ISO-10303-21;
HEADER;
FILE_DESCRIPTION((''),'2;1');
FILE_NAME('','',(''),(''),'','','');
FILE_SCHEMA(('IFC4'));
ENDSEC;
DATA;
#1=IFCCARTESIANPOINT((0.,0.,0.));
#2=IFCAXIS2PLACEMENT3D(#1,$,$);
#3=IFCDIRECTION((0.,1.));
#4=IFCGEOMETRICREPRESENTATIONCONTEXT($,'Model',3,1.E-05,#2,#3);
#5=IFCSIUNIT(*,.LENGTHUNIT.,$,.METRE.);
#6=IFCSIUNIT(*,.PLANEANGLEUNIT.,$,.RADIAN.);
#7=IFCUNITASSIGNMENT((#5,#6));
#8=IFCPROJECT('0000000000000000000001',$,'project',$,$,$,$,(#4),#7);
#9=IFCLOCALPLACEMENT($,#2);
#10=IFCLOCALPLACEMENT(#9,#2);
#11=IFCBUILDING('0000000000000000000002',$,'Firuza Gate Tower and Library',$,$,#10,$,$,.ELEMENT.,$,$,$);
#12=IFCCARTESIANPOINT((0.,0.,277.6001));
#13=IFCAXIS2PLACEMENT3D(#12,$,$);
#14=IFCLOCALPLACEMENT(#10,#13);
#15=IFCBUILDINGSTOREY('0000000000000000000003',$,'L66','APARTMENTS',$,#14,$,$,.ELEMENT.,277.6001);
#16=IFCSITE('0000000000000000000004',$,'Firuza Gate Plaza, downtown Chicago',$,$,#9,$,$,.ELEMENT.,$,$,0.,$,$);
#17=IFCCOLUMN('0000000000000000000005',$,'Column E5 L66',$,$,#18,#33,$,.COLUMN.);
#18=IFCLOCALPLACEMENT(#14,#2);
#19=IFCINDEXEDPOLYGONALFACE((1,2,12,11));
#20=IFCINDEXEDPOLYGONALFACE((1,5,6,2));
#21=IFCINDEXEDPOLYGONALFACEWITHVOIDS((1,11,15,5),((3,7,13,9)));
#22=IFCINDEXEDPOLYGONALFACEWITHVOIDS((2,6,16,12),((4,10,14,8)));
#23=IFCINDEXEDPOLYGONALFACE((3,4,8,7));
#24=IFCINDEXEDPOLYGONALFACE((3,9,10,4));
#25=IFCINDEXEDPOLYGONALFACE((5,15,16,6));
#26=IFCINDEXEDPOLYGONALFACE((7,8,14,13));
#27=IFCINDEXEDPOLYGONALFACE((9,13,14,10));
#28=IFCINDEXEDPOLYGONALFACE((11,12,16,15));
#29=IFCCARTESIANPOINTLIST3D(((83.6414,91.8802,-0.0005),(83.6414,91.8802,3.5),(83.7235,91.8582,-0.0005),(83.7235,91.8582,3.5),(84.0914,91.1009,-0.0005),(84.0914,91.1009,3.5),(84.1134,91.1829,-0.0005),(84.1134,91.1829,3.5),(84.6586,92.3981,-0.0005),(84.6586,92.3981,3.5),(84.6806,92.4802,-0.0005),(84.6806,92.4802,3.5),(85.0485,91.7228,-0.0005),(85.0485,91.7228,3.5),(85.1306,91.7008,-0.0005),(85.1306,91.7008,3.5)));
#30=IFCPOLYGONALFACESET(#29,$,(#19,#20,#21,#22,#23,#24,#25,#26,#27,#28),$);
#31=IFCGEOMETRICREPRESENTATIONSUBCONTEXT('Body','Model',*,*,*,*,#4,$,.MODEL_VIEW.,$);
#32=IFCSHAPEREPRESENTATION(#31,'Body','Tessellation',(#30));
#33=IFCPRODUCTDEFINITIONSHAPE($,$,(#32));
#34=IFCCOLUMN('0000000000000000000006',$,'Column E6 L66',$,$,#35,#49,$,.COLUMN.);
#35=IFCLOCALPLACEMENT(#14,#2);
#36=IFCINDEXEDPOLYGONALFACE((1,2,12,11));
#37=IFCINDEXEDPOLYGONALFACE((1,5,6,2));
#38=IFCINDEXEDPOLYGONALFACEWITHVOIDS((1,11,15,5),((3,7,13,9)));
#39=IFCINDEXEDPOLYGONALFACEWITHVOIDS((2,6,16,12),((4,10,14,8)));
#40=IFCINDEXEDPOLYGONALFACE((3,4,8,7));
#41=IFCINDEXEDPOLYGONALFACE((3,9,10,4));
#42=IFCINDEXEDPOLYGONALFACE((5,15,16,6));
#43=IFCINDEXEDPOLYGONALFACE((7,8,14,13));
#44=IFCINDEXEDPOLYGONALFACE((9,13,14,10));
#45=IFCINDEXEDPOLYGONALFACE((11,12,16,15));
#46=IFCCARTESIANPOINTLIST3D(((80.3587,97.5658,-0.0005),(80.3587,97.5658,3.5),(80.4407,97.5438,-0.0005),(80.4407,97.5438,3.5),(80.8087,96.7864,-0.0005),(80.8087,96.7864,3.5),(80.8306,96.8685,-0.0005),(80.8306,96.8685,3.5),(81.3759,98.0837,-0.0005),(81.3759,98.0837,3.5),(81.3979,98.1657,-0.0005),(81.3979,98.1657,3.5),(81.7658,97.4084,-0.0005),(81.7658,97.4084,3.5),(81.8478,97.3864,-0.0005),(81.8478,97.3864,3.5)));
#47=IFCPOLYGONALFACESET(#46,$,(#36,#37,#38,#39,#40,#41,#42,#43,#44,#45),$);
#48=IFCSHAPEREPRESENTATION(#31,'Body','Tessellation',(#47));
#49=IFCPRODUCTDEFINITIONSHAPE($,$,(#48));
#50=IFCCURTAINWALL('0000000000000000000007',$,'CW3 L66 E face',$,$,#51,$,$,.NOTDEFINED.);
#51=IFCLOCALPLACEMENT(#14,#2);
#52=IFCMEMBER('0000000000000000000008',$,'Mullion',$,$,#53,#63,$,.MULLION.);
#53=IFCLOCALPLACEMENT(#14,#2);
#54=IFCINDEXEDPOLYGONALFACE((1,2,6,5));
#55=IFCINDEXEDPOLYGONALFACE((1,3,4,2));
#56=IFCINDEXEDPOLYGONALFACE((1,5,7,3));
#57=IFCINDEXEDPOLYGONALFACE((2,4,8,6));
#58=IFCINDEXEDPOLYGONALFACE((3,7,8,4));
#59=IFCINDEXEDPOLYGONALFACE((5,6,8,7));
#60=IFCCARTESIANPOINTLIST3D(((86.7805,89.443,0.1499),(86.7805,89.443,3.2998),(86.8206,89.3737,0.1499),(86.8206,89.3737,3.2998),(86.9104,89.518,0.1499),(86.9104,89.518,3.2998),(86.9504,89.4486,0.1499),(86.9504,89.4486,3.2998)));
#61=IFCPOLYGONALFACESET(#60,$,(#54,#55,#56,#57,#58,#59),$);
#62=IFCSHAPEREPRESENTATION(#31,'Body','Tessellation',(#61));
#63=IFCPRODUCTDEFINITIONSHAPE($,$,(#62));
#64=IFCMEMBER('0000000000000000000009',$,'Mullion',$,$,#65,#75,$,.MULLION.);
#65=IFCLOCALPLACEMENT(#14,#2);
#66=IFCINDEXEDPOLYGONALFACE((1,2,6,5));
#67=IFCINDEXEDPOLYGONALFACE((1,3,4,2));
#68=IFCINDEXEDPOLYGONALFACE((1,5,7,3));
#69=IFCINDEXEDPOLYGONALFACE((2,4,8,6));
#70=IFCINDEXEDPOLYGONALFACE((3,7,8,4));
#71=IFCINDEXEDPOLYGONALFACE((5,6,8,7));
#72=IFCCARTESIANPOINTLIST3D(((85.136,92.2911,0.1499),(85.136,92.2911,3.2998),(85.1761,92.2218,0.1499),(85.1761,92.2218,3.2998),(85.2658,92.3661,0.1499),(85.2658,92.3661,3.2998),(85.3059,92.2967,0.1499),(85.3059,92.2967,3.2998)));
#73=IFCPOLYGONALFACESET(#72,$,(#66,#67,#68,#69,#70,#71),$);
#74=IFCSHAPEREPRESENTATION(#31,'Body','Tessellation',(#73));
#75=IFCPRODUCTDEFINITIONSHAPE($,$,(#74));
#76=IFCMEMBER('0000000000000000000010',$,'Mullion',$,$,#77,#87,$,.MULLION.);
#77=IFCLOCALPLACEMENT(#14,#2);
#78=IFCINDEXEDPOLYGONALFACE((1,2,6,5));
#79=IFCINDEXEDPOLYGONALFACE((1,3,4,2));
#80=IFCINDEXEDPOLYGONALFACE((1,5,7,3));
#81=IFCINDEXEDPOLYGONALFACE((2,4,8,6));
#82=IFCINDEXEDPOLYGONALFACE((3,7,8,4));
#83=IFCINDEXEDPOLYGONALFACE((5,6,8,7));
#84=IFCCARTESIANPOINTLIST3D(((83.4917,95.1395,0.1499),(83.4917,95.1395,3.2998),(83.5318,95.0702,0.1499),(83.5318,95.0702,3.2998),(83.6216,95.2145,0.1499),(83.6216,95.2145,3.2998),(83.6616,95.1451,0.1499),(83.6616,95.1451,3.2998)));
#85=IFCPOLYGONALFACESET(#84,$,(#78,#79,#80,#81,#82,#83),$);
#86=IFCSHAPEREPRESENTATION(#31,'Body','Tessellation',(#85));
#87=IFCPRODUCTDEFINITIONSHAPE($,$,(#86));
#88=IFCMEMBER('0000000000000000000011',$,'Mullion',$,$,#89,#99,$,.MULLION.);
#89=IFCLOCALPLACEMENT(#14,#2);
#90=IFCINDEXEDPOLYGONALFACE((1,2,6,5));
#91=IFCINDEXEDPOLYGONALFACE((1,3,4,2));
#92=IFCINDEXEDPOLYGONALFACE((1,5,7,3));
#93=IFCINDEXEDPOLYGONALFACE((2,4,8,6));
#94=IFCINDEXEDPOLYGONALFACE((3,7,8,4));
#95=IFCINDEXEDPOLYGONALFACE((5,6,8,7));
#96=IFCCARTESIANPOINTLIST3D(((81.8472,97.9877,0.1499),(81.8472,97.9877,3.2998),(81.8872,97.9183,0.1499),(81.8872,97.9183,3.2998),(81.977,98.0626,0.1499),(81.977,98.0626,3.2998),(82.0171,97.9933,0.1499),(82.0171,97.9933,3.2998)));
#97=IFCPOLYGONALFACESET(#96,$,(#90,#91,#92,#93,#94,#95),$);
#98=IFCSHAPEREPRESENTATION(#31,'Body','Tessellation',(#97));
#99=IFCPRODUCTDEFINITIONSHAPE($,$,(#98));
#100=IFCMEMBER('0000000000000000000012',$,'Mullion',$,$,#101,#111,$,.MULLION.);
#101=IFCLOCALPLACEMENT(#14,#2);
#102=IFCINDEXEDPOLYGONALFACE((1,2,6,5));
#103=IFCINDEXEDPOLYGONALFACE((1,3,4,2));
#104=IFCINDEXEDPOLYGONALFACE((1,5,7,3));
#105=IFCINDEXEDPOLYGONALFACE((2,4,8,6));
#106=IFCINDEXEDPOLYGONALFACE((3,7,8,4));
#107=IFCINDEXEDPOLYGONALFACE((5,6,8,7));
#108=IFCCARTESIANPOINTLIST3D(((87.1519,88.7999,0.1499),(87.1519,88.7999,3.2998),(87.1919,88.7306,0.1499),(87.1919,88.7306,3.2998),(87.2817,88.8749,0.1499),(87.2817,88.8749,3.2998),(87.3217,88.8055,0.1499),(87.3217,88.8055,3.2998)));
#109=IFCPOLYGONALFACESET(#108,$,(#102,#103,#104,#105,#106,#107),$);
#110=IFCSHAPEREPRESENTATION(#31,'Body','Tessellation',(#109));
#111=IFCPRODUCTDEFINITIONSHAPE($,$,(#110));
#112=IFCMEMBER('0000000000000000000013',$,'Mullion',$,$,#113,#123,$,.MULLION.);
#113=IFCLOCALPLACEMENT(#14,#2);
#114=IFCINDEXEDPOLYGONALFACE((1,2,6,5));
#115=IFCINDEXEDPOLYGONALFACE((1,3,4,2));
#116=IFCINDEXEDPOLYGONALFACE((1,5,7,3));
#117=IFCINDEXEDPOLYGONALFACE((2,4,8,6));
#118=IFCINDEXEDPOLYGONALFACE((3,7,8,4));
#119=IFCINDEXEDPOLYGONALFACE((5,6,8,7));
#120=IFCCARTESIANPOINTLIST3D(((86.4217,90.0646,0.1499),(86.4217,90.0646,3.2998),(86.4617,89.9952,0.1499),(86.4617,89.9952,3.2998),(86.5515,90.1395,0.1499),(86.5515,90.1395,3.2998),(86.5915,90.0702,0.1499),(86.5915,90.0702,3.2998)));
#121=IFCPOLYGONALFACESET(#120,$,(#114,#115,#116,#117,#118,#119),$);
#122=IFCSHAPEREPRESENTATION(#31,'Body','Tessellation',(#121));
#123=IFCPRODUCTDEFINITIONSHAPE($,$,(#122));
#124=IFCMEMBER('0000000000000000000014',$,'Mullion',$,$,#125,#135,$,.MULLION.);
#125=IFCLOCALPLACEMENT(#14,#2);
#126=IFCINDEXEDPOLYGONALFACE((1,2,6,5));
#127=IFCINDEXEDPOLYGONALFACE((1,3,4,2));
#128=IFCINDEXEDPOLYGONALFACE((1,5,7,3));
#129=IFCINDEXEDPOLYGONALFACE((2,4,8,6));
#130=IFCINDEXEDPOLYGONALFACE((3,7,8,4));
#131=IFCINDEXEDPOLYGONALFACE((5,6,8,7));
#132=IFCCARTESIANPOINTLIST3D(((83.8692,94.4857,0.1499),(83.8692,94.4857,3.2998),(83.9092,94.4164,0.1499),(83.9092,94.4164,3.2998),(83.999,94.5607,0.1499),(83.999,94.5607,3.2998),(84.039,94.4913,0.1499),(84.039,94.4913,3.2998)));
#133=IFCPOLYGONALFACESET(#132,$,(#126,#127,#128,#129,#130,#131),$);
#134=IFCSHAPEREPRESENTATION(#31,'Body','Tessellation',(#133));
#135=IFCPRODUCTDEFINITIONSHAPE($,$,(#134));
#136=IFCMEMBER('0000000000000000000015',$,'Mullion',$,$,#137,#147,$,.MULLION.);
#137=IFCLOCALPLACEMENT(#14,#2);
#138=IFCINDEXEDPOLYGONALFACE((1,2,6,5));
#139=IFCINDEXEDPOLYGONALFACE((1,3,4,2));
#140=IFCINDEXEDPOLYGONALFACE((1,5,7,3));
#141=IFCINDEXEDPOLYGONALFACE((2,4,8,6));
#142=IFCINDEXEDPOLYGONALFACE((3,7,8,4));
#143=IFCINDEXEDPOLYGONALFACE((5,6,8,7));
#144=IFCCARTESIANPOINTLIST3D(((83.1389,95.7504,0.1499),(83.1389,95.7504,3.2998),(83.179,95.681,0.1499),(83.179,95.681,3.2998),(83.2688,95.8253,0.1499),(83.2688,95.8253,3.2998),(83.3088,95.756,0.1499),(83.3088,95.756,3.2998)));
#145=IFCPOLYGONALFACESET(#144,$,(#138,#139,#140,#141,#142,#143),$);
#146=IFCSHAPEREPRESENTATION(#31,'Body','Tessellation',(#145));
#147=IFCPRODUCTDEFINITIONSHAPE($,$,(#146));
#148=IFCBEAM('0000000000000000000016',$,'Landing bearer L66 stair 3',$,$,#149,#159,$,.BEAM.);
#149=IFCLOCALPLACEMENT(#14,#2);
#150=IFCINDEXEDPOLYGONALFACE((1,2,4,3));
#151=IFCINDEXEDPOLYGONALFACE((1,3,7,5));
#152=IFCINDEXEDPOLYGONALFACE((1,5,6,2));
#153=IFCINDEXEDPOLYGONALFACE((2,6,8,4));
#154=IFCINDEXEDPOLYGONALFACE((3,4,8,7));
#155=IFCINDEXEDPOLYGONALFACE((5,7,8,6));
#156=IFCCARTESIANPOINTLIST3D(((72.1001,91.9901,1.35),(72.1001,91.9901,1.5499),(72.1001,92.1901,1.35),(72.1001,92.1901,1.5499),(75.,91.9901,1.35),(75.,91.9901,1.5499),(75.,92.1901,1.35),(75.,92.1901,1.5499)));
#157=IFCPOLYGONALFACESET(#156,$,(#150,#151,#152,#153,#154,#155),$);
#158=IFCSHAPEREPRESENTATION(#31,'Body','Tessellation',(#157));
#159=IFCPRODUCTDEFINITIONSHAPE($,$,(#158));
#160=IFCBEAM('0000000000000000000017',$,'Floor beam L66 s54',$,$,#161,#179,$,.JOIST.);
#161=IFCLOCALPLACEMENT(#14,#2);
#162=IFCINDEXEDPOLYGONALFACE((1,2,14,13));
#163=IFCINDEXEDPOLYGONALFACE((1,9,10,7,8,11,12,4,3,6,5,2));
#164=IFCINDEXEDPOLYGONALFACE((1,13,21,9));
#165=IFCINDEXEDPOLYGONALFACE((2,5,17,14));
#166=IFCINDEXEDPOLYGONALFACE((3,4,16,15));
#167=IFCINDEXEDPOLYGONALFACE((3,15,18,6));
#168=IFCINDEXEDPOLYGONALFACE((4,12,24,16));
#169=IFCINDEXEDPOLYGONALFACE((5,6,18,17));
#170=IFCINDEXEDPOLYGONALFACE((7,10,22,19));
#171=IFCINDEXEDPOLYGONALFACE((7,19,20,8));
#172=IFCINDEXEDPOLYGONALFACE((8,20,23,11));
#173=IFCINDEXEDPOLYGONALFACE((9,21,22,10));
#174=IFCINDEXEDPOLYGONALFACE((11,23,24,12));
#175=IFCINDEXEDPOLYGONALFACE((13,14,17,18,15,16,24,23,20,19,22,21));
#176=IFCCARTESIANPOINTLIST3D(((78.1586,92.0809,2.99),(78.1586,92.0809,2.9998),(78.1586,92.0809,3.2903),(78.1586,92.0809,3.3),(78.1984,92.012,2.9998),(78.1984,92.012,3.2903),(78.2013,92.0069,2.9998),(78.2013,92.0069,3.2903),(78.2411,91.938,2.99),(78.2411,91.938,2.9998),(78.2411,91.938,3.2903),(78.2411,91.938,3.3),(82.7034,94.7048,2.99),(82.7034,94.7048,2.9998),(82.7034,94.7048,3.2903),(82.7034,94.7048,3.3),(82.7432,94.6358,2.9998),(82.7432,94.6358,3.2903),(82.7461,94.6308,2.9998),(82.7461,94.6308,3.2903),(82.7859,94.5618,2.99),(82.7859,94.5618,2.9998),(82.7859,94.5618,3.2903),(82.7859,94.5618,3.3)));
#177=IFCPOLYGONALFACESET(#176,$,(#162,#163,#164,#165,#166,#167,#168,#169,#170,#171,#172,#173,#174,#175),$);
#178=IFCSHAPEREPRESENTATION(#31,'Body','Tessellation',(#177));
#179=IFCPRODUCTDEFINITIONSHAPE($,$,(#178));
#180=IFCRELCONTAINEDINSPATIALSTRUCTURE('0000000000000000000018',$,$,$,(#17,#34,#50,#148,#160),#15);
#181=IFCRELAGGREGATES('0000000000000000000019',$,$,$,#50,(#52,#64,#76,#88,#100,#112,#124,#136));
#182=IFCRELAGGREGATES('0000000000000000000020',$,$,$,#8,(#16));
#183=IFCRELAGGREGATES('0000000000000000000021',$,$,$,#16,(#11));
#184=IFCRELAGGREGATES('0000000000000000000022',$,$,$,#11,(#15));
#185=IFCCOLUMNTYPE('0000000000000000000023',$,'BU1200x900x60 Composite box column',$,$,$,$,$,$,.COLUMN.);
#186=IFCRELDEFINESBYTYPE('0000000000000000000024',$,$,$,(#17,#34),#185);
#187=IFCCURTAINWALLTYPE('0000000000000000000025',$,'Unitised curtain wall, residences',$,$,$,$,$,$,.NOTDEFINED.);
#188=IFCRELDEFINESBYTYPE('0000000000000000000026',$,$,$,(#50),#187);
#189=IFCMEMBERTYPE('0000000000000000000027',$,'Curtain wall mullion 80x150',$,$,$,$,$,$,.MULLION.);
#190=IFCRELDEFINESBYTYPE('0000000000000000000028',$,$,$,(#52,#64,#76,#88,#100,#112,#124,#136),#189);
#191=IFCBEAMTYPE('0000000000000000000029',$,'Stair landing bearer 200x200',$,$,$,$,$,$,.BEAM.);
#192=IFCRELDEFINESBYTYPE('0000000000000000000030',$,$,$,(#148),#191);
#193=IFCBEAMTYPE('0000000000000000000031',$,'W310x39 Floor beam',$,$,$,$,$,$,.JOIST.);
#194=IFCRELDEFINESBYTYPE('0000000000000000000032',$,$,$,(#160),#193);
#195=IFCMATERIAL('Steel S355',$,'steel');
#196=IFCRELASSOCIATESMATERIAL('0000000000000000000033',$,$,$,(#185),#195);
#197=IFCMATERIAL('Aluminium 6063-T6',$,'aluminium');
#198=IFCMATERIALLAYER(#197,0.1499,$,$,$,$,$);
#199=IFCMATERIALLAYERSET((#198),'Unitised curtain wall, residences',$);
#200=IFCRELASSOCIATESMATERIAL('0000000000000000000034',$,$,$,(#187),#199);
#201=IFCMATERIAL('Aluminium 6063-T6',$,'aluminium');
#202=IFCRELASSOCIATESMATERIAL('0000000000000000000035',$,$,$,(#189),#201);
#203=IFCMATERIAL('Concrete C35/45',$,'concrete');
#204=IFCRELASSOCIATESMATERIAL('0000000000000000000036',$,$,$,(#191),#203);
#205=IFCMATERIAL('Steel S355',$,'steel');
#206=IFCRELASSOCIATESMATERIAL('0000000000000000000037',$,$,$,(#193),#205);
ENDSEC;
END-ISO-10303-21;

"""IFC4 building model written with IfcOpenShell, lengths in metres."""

from ifc_helpers import new_model, si_unit, direction, frame, origin, origin_2d, place, context, subcontext, project, spatial, rectangle, hollow_rectangle, i_section, extrude, material, layer, layer_set, material_profile, profile_set, type_object, element, aggregate, save


model = new_model("IFC4")

# Units and contexts
model_context = context("Model", 3, precision=1e-05, world=origin(), true_north=direction((0.0, 1.0)))
body_context = subcontext(model_context, "Body", "Model", "MODEL_VIEW")
ifc_project = project(units=[si_unit("LENGTHUNIT", "METRE"), si_unit("PLANEANGLEUNIT", "RADIAN")], contexts=[model_context])

# Site, building, storey
site_placement = place(None, origin())
site = spatial("IfcSite", under=ifc_project, at=site_placement, Name="Firuza Gate Plaza, downtown Chicago", CompositionType="ELEMENT", RefElevation=0.0)
building_placement = place(site_placement, origin())
building = spatial("IfcBuilding", under=site, at=building_placement, Name="Firuza Gate Tower and Library", CompositionType="ELEMENT")
storey_placement = place(building_placement, frame((0.0, 0.0, 277.6001)))
storey = spatial("IfcBuildingStorey", under=building, at=storey_placement, Name="L66", Description="APARTMENTS", CompositionType="ELEMENT", Elevation=277.6001)

# Columns
ifc_material_1 = material(Name="Steel S355", Category="steel")
ifc_material_profile_1 = material_profile(ifc_material_1, hollow_rectangle(XDim=0.8999, YDim=1.2, WallThickness=0.0601, at=origin_2d()))
ifc_profile_set_1 = profile_set([ifc_material_profile_1], Name="Steel S355")
column_type = type_object("IfcColumnType", Name="BU1200x900x60 Composite box column", PredefinedType="COLUMN", material=ifc_profile_set_1)
for number, where, z_axis, x_axis, name in (
    (1, (84.386, 91.7905, -0.0005), (0.0, 0.0, 1.0), (-0.5, 0.866025, 0.0), "Column E5 L66"),
    (2, (81.1033, 97.4761, -0.0005), (0.0, 0.0, 1.0), (-0.5, 0.866025, 0.0), "Column E6 L66"),
):
    element("IfcColumn", number, at=place(storey_placement, frame(where, z_axis=z_axis, x_axis=x_axis)), inside=storey, type_object=column_type, Name=name, PredefinedType="COLUMN", context=body_context, shape_type="SweptSolid", body=[
        extrude(hollow_rectangle(XDim=0.8999, YDim=1.2, WallThickness=0.0601, at=origin_2d()), origin(), (0.0, 0.0, 1.0), 3.5005),
    ])

# Curtain wall, members
ifc_material_2 = material(Name="Aluminium 6063-T6", Category="aluminium")
ifc_layer_1 = layer(ifc_material_2, 0.1499)
ifc_layer_set_1 = layer_set([ifc_layer_1], Name="Unitised curtain wall, residences")
curtain_wall_type = type_object("IfcCurtainWallType", Name="Unitised curtain wall, residences", PredefinedType="NOTDEFINED", material=ifc_layer_set_1)
curtain_wall_placement = place(storey_placement, origin())
curtain_wall = element("IfcCurtainWall", 3, at=curtain_wall_placement, inside=storey, type_object=curtain_wall_type, Name="CW3 L66 E face", PredefinedType="NOTDEFINED")
ifc_material_3 = material(Name="Aluminium 6063-T6", Category="aluminium")
ifc_material_profile_2 = material_profile(ifc_material_3, rectangle(XDim=0.1499, YDim=0.0801, at=origin_2d()))
ifc_profile_set_2 = profile_set([ifc_material_profile_2], Name="Aluminium 6063-T6")
member_type = type_object("IfcMemberType", Name="Curtain wall mullion 80x150", PredefinedType="MULLION", material=ifc_profile_set_2)
member_1_placement = place(storey_placement, frame((86.8655, 89.4458, 0.1499), z_axis=(0.0, 0.0, 1.0), x_axis=(-0.866025, -0.5, 0.0)))
member_1 = element("IfcMember", 4, at=member_1_placement, type_object=member_type, Name="Mullion", PredefinedType="MULLION", context=body_context, shape_type="SweptSolid", body=[
    extrude(rectangle(XDim=0.1499, YDim=0.0801, at=origin_2d()), origin(), (0.0, 0.0, 1.0), 3.1499),
])
member_2_placement = place(storey_placement, frame((85.2209, 92.2939, 0.1499), z_axis=(0.0, 0.0, 1.0), x_axis=(-0.866025, -0.5, 0.0)))
member_2 = element("IfcMember", 5, at=member_2_placement, type_object=member_type, Name="Mullion", PredefinedType="MULLION", context=body_context, shape_type="SweptSolid", body=[
    extrude(rectangle(XDim=0.1499, YDim=0.0801, at=origin_2d()), origin(), (0.0, 0.0, 1.0), 3.1499),
])
member_3_placement = place(storey_placement, frame((83.5767, 95.1423, 0.1499), z_axis=(0.0, 0.0, 1.0), x_axis=(-0.866025, -0.5, 0.0)))
member_3 = element("IfcMember", 6, at=member_3_placement, type_object=member_type, Name="Mullion", PredefinedType="MULLION", context=body_context, shape_type="SweptSolid", body=[
    extrude(rectangle(XDim=0.1499, YDim=0.0801, at=origin_2d()), origin(), (0.0, 0.0, 1.0), 3.1499),
])
member_4_placement = place(storey_placement, frame((81.9321, 97.9905, 0.1499), z_axis=(0.0, 0.0, 1.0), x_axis=(-0.866025, -0.5, 0.0)))
member_4 = element("IfcMember", 7, at=member_4_placement, type_object=member_type, Name="Mullion", PredefinedType="MULLION", context=body_context, shape_type="SweptSolid", body=[
    extrude(rectangle(XDim=0.1499, YDim=0.0801, at=origin_2d()), origin(), (0.0, 0.0, 1.0), 3.1499),
])
member_5_placement = place(storey_placement, frame((87.2368, 88.8027, 0.1499), z_axis=(0.0, 0.0, 1.0), x_axis=(-0.866025, -0.5, 0.0)))
member_5 = element("IfcMember", 8, at=member_5_placement, type_object=member_type, Name="Mullion", PredefinedType="MULLION", context=body_context, shape_type="SweptSolid", body=[
    extrude(rectangle(XDim=0.1499, YDim=0.0801, at=origin_2d()), origin(), (0.0, 0.0, 1.0), 3.1499),
])
member_6_placement = place(storey_placement, frame((86.5066, 90.0674, 0.1499), z_axis=(0.0, 0.0, 1.0), x_axis=(-0.866025, -0.5, 0.0)))
member_6 = element("IfcMember", 9, at=member_6_placement, type_object=member_type, Name="Mullion", PredefinedType="MULLION", context=body_context, shape_type="SweptSolid", body=[
    extrude(rectangle(XDim=0.1499, YDim=0.0801, at=origin_2d()), origin(), (0.0, 0.0, 1.0), 3.1499),
])
member_7_placement = place(storey_placement, frame((83.9541, 94.4885, 0.1499), z_axis=(0.0, 0.0, 1.0), x_axis=(-0.866025, -0.5, 0.0)))
member_7 = element("IfcMember", 10, at=member_7_placement, type_object=member_type, Name="Mullion", PredefinedType="MULLION", context=body_context, shape_type="SweptSolid", body=[
    extrude(rectangle(XDim=0.1499, YDim=0.0801, at=origin_2d()), origin(), (0.0, 0.0, 1.0), 3.1499),
])
member_8_placement = place(storey_placement, frame((83.2239, 95.7532, 0.1499), z_axis=(0.0, 0.0, 1.0), x_axis=(-0.866025, -0.5, 0.0)))
member_8 = element("IfcMember", 11, at=member_8_placement, type_object=member_type, Name="Mullion", PredefinedType="MULLION", context=body_context, shape_type="SweptSolid", body=[
    extrude(rectangle(XDim=0.1499, YDim=0.0801, at=origin_2d()), origin(), (0.0, 0.0, 1.0), 3.1499),
])

# Beams
ifc_material_4 = material(Name="Concrete C35/45", Category="concrete")
ifc_material_profile_3 = material_profile(ifc_material_4, rectangle(XDim=0.2, YDim=0.2, at=origin_2d()))
ifc_profile_set_3 = profile_set([ifc_material_profile_3], Name="Concrete C35/45")
beam_type_1 = type_object("IfcBeamType", Name="Stair landing bearer 200x200", PredefinedType="BEAM", material=ifc_profile_set_3)
beam_1_placement = place(storey_placement, frame((75.0, 92.0901, 1.45), z_axis=(-1.0, 0.0, 0.0), x_axis=(0.0, -1.0, 0.0)))
element("IfcBeam", 12, at=beam_1_placement, inside=storey, type_object=beam_type_1, Name="Landing bearer L66 stair 3", PredefinedType="BEAM", context=body_context, shape_type="SweptSolid", body=[
    extrude(rectangle(XDim=0.2, YDim=0.2, at=origin_2d()), origin(), (0.0, 0.0, 1.0), 2.8999),
])
ifc_material_5 = material(Name="Steel S355", Category="steel")
ifc_material_profile_4 = material_profile(ifc_material_5, i_section(OverallWidth=0.165, OverallDepth=0.3101, WebThickness=0.0059, FlangeThickness=0.0098, at=origin_2d()))
ifc_profile_set_4 = profile_set([ifc_material_profile_4], Name="Steel S355")
beam_type_2 = type_object("IfcBeamType", Name="W310x39 Floor beam", PredefinedType="JOIST", material=ifc_profile_set_4)
beam_2_placement = place(storey_placement, frame((82.7446, 94.6333, 3.145), z_axis=(-0.866033, -0.499987, 0.0), x_axis=(0.499987, -0.866033, 0.0)))
element("IfcBeam", 13, at=beam_2_placement, inside=storey, type_object=beam_type_2, Name="Floor beam L66 s54", PredefinedType="JOIST", context=body_context, shape_type="SweptSolid", body=[
    extrude(i_section(OverallWidth=0.165, OverallDepth=0.3101, WebThickness=0.0059, FlangeThickness=0.0098, at=origin_2d()), origin(), (0.0, 0.0, 1.0), 5.2478),
])

aggregate(curtain_wall, [member_1, member_2, member_3, member_4, member_5, member_6, member_7, member_8])

save(model, "model.ifc")
